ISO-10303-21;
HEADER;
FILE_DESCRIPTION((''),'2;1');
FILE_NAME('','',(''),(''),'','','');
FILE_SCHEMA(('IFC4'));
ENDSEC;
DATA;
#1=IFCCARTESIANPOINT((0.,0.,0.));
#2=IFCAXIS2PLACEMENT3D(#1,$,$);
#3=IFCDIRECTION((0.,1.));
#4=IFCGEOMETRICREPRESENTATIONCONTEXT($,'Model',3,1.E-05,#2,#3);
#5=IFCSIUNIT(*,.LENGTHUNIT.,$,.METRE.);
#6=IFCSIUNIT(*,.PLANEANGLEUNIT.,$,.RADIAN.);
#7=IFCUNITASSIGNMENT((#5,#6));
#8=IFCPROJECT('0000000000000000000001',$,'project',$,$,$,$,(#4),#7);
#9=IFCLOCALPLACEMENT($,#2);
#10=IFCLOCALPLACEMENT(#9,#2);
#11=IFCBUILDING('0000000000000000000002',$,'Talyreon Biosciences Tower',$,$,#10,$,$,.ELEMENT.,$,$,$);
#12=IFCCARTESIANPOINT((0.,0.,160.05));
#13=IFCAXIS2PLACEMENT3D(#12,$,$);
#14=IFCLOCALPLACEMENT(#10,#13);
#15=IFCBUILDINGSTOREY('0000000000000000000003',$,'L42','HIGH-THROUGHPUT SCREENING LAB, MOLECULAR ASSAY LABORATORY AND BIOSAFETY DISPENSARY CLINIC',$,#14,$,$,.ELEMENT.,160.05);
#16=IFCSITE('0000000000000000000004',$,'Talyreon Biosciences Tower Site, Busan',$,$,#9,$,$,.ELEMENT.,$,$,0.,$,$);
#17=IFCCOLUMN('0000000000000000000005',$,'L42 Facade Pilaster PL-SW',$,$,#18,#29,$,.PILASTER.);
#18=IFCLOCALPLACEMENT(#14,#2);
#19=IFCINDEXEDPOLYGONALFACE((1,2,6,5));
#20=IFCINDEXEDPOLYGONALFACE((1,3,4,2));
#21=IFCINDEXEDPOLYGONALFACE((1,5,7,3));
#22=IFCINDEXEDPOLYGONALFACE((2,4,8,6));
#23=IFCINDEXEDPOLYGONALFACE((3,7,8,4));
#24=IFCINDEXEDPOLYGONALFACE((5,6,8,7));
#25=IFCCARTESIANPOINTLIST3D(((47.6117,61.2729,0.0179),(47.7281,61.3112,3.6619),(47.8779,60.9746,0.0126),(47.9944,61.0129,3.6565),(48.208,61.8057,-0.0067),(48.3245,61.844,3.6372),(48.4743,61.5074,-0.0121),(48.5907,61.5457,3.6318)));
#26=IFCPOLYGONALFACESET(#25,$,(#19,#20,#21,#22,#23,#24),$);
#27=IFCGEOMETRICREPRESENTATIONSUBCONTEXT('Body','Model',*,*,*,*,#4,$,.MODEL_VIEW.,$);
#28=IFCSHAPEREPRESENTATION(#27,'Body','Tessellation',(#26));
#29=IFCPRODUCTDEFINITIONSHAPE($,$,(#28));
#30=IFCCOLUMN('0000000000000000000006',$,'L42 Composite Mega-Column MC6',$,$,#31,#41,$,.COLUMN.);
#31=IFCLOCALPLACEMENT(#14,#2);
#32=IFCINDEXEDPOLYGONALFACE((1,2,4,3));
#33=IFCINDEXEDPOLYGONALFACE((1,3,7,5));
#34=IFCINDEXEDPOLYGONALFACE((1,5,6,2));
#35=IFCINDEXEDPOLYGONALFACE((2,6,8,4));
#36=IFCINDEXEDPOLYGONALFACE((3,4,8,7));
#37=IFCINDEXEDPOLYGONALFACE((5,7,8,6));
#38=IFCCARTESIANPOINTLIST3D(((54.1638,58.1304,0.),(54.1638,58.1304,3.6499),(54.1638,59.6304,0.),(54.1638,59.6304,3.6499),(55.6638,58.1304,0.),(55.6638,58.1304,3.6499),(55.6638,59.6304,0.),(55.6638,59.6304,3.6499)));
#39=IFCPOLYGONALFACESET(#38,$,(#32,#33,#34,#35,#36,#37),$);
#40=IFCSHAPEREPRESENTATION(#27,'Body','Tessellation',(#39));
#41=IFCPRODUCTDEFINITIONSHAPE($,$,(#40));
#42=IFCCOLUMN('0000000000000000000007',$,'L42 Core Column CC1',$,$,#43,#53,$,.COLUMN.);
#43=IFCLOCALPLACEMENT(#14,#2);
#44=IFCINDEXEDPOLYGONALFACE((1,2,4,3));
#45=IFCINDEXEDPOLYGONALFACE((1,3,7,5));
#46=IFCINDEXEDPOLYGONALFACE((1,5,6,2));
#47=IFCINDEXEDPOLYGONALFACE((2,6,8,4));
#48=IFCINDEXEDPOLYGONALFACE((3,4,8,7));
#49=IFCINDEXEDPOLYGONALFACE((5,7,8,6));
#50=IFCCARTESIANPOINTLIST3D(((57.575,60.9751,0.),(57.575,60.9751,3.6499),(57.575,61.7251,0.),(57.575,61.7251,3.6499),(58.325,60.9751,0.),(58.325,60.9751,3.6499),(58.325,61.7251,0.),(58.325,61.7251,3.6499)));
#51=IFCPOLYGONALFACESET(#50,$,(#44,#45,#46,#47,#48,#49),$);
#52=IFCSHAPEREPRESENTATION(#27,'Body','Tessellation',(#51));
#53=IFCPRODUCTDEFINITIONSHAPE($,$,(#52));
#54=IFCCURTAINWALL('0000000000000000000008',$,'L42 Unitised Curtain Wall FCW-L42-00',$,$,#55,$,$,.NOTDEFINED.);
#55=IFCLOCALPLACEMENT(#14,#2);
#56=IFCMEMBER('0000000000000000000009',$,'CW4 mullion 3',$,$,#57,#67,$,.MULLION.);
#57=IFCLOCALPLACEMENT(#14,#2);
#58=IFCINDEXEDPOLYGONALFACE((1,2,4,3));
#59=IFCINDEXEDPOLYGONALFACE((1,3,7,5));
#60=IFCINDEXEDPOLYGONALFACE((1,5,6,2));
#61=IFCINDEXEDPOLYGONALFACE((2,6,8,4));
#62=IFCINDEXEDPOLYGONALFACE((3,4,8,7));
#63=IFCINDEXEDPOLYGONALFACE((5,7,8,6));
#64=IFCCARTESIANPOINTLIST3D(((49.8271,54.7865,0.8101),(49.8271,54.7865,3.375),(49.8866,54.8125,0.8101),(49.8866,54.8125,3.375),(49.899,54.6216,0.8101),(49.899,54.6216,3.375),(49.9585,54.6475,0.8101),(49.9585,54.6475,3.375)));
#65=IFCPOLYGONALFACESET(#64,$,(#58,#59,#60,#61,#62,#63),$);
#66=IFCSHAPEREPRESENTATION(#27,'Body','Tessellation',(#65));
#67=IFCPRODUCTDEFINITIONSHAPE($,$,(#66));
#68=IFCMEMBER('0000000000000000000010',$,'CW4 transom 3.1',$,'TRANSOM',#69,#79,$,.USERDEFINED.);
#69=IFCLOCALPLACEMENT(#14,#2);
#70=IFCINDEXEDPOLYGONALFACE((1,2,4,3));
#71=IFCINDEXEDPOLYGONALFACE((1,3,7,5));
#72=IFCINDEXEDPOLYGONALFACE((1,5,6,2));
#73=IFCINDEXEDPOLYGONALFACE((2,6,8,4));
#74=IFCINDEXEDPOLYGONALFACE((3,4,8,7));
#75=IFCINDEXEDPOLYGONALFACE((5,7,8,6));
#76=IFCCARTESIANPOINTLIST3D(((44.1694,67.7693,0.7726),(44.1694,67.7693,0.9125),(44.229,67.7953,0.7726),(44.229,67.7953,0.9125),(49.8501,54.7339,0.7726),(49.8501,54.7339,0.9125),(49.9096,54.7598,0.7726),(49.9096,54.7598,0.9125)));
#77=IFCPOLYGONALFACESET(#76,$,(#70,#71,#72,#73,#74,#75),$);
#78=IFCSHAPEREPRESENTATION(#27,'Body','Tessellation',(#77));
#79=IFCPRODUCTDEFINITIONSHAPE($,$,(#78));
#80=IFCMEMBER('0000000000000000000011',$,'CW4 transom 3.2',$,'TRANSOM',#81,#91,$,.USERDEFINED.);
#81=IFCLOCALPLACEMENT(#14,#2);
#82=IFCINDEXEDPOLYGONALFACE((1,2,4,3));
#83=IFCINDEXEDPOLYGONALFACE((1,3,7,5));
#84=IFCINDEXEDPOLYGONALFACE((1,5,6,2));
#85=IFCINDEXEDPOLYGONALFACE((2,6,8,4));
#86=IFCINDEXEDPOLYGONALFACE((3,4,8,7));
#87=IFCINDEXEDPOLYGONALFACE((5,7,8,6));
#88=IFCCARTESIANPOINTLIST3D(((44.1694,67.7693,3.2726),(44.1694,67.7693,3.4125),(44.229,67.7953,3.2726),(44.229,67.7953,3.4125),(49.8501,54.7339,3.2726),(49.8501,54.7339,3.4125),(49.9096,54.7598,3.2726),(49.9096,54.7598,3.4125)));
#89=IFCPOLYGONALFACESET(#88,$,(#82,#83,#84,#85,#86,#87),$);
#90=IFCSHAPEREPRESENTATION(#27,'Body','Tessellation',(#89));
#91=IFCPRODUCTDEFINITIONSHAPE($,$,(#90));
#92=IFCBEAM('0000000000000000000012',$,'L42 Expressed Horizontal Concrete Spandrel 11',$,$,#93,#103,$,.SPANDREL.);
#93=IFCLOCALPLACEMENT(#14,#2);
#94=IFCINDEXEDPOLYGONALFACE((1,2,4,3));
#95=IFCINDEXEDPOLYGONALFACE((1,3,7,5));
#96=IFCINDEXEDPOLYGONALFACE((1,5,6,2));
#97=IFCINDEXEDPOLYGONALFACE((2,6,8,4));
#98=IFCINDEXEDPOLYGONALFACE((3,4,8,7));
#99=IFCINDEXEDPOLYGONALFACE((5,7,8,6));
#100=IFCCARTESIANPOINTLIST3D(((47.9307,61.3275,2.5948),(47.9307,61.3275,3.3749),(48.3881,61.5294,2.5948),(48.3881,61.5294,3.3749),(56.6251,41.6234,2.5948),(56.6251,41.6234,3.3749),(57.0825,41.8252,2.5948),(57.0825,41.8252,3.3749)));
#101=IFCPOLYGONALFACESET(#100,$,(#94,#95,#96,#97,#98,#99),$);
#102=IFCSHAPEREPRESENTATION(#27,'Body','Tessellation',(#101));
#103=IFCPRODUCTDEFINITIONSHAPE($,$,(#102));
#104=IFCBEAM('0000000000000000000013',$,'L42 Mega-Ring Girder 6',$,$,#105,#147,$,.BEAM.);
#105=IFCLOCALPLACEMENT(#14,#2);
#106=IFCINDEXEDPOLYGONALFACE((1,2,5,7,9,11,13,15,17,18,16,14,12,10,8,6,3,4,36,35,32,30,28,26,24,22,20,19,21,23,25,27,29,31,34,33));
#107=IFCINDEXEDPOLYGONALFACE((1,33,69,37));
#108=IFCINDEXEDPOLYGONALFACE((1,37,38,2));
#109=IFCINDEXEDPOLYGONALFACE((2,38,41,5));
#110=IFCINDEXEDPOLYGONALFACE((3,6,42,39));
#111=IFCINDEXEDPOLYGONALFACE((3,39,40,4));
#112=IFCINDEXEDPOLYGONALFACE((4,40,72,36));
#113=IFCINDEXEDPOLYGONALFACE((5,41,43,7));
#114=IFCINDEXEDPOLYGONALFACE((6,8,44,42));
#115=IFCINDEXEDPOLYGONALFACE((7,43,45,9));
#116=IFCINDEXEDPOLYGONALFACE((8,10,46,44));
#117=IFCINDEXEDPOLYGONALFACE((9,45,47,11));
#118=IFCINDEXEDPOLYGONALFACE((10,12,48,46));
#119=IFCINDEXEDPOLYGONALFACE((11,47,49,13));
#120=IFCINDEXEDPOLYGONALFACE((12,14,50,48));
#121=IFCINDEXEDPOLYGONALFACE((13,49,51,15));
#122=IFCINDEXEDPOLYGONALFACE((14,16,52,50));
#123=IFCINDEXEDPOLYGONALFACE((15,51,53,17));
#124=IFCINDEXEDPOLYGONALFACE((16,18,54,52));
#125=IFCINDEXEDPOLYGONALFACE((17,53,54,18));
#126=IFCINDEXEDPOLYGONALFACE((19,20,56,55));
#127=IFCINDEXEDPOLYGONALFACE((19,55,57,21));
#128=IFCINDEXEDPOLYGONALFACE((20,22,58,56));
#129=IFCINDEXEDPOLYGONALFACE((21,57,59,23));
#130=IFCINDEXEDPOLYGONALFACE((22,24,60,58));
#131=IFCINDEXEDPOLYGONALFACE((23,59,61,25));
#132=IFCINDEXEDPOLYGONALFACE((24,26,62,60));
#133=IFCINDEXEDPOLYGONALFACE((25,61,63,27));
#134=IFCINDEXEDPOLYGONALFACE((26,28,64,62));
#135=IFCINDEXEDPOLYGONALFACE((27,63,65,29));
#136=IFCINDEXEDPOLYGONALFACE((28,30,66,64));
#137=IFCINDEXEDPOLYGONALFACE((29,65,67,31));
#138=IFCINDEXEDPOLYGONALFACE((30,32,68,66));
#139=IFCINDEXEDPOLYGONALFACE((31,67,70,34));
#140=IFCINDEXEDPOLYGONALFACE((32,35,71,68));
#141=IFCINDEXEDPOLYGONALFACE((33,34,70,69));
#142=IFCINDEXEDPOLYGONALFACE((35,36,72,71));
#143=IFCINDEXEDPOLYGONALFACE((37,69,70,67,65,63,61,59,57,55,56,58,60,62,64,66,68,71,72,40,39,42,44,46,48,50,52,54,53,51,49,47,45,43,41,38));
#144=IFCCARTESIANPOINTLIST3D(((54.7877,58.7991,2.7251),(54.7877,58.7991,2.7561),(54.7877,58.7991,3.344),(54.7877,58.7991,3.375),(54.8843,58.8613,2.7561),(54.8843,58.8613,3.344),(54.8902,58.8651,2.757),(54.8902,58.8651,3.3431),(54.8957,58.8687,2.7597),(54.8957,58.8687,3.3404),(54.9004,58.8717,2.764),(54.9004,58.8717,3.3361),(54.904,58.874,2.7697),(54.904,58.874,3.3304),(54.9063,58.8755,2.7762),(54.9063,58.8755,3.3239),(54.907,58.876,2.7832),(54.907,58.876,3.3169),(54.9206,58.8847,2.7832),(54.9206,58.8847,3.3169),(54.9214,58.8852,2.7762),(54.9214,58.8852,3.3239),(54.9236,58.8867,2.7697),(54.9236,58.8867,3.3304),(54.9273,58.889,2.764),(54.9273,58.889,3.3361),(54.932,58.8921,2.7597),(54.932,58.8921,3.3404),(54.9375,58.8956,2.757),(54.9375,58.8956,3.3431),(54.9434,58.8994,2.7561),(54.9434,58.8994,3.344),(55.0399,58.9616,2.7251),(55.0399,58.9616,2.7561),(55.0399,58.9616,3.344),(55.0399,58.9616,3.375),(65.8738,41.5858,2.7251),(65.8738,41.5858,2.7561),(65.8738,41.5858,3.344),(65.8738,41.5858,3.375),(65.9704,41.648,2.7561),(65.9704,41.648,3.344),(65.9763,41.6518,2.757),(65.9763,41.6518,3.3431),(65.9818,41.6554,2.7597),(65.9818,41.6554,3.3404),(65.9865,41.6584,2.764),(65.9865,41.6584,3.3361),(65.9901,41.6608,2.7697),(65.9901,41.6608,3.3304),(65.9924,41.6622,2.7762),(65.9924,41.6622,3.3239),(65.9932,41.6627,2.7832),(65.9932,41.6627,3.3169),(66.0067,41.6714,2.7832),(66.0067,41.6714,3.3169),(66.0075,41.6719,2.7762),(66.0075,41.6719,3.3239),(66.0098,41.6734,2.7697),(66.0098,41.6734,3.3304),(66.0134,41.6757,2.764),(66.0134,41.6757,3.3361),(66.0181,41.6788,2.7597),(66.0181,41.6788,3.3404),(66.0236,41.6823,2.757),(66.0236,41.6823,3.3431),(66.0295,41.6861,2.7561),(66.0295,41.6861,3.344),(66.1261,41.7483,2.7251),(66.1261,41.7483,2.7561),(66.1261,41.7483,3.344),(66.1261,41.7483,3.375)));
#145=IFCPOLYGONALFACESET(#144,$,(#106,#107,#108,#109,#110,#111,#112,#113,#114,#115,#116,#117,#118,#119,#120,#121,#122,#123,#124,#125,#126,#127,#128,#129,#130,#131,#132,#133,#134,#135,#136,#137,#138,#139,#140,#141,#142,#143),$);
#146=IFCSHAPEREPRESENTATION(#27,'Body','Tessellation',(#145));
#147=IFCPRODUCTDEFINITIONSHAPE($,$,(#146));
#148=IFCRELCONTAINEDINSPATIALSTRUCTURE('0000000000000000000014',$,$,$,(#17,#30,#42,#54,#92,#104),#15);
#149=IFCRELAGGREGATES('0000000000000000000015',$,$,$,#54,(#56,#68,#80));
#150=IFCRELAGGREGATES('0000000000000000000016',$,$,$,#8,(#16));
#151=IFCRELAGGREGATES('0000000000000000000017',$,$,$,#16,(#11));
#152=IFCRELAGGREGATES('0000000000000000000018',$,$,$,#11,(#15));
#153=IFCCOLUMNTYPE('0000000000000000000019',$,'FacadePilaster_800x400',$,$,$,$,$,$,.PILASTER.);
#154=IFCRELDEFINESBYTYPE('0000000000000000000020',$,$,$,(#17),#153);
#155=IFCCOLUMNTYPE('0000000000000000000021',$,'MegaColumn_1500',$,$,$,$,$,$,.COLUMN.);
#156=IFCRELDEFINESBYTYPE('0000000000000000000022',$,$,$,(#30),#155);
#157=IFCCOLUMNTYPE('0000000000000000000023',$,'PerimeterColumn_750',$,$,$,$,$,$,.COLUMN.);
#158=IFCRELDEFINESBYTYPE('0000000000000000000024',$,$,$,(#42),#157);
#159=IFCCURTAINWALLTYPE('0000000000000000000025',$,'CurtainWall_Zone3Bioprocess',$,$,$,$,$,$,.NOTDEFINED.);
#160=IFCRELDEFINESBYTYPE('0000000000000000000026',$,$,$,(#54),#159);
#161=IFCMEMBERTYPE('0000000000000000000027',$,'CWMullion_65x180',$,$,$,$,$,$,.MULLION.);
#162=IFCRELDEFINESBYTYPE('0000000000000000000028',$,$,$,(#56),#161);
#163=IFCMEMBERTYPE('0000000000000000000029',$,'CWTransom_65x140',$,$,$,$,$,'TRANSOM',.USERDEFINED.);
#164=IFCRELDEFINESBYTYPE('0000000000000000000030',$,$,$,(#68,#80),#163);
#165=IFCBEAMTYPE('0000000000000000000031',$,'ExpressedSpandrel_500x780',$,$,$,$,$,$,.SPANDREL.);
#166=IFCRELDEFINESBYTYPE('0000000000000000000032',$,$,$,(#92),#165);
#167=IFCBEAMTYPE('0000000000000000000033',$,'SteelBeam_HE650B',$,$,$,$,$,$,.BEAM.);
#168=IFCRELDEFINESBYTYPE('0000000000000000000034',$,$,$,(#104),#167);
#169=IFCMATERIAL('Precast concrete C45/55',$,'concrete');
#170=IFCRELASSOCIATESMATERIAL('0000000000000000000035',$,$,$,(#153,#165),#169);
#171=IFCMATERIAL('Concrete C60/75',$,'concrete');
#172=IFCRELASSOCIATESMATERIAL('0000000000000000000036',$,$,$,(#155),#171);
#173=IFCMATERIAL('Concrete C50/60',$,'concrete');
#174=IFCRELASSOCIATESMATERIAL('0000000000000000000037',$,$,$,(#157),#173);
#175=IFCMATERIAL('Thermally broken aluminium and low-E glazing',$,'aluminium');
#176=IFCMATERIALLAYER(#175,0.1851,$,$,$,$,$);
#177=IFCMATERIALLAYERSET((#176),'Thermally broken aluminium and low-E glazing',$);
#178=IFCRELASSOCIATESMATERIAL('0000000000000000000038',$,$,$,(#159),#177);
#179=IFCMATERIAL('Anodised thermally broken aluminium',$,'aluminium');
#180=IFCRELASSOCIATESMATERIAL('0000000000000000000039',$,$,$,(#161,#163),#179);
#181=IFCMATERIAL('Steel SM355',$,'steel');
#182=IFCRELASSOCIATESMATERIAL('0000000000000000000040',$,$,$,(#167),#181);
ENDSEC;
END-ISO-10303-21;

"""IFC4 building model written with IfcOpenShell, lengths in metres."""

from ifc_helpers import new_model, si_unit, direction, frame, origin, origin_2d, place, context, subcontext, project, spatial, rectangle, i_section, extrude, material, layer, layer_set, material_profile, profile_set, type_object, element, aggregate, save


model = new_model("IFC4")

# Units and contexts
model_context = context("Model", 3, precision=1e-05, world=origin(), true_north=direction((0.0, 1.0)))
body_context = subcontext(model_context, "Body", "Model", "MODEL_VIEW")
ifc_project = project(units=[si_unit("LENGTHUNIT", "METRE"), si_unit("PLANEANGLEUNIT", "RADIAN")], contexts=[model_context])

# Site, building, storey
site_placement = place(None, origin())
site = spatial("IfcSite", under=ifc_project, at=site_placement, Name="Talyreon Biosciences Tower Site, Busan", CompositionType="ELEMENT", RefElevation=0.0)
building_placement = place(site_placement, origin())
building = spatial("IfcBuilding", under=site, at=building_placement, Name="Talyreon Biosciences Tower", CompositionType="ELEMENT")
storey_placement = place(building_placement, frame((0.0, 0.0, 160.05)))
storey = spatial("IfcBuildingStorey", under=building, at=storey_placement, Name="L42", Description="HIGH-THROUGHPUT SCREENING LAB, MOLECULAR ASSAY LABORATORY AND BIOSAFETY DISPENSARY CLINIC", CompositionType="ELEMENT", Elevation=160.05)

# Columns
ifc_material_1 = material(Name="Precast concrete C45/55", Category="concrete")
ifc_material_profile_1 = material_profile(ifc_material_1, rectangle(XDim=0.8, YDim=0.3999, at=origin_2d()), Name="RC 800x400")
ifc_profile_set_1 = profile_set([ifc_material_profile_1], Name="Precast concrete C45/55")
column_type_1 = type_object("IfcColumnType", Name="FacadePilaster_800x400", PredefinedType="PILASTER", material=ifc_profile_set_1)
column_1_placement = place(storey_placement, frame((48.043, 61.3901, 0.0029), z_axis=(0.03194, 0.010513, 0.999435), x_axis=(0.745385, 0.665921, -0.030825)))
element("IfcColumn", 1, at=column_1_placement, inside=storey, type_object=column_type_1, Name="L42 Facade Pilaster PL-SW", PredefinedType="PILASTER", context=body_context, shape_type="SweptSolid", body=[
    extrude(rectangle(XDim=0.8, YDim=0.3999, at=origin_2d()), origin(), (0.0, 0.0, 1.0), 3.646),
])
ifc_material_2 = material(Name="Concrete C60/75", Category="concrete")
ifc_material_profile_2 = material_profile(ifc_material_2, rectangle(XDim=1.5, YDim=1.5, at=origin_2d()), Name="RC 1500x1500")
ifc_profile_set_2 = profile_set([ifc_material_profile_2], Name="Concrete C60/75")
column_type_2 = type_object("IfcColumnType", Name="MegaColumn_1500", PredefinedType="COLUMN", material=ifc_profile_set_2)
column_2_placement = place(storey_placement, frame((54.9138, 58.8804, 0.0), z_axis=(0.0, 0.0, 1.0), x_axis=(1.0, 0.0, 0.0)))
element("IfcColumn", 2, at=column_2_placement, inside=storey, type_object=column_type_2, Name="L42 Composite Mega-Column MC6", PredefinedType="COLUMN", context=body_context, shape_type="SweptSolid", body=[
    extrude(rectangle(XDim=1.5, YDim=1.5, at=origin_2d()), origin(), (0.0, 0.0, 1.0), 3.6499),
])
ifc_material_3 = material(Name="Concrete C50/60", Category="concrete")
ifc_material_profile_3 = material_profile(ifc_material_3, rectangle(XDim=0.75, YDim=0.75, at=origin_2d()), Name="RC 750x750")
ifc_profile_set_3 = profile_set([ifc_material_profile_3], Name="Concrete C50/60")
column_type_3 = type_object("IfcColumnType", Name="PerimeterColumn_750", PredefinedType="COLUMN", material=ifc_profile_set_3)
column_3_placement = place(storey_placement, frame((57.95, 61.3501, 0.0), z_axis=(0.0, 0.0, 1.0), x_axis=(1.0, 0.0, 0.0)))
element("IfcColumn", 3, at=column_3_placement, inside=storey, type_object=column_type_3, Name="L42 Core Column CC1", PredefinedType="COLUMN", context=body_context, shape_type="SweptSolid", body=[
    extrude(rectangle(XDim=0.75, YDim=0.75, at=origin_2d()), origin(), (0.0, 0.0, 1.0), 3.6499),
])

# Curtain wall, members
ifc_material_4 = material(Name="Thermally broken aluminium and low-E glazing", Category="aluminium")
ifc_layer_1 = layer(ifc_material_4, 0.1851)
ifc_layer_set_1 = layer_set([ifc_layer_1], Name="Thermally broken aluminium and low-E glazing")
curtain_wall_type = type_object("IfcCurtainWallType", Name="CurtainWall_Zone3Bioprocess", PredefinedType="NOTDEFINED", material=ifc_layer_set_1)
curtain_wall_placement = place(storey_placement, origin())
curtain_wall = element("IfcCurtainWall", 4, at=curtain_wall_placement, inside=storey, type_object=curtain_wall_type, Name="L42 Unitised Curtain Wall FCW-L42-00", PredefinedType="NOTDEFINED")
ifc_material_5 = material(Name="Anodised thermally broken aluminium", Category="aluminium")
ifc_material_profile_4 = material_profile(ifc_material_5, rectangle(XDim=0.0649, YDim=0.1799, at=origin_2d()), Name="ALUM MULLION 65x180")
ifc_profile_set_4 = profile_set([ifc_material_profile_4], Name="Anodised thermally broken aluminium")
member_type_1 = type_object("IfcMemberType", Name="CWMullion_65x180", PredefinedType="MULLION", material=ifc_profile_set_4)
member_1_placement = place(storey_placement, frame((49.8928, 54.717, 0.8101), z_axis=(0.0, 0.0, 1.0), x_axis=(-0.916731, -0.399505, 0.0)))
member_1 = element("IfcMember", 5, at=member_1_placement, type_object=member_type_1, Name="CW4 mullion 3", PredefinedType="MULLION", context=body_context, shape_type="SweptSolid", body=[
    extrude(rectangle(XDim=0.0649, YDim=0.1799, at=origin_2d()), origin(), (0.0, 0.0, 1.0), 2.5649),
])
ifc_material_profile_5 = material_profile(ifc_material_5, rectangle(XDim=0.0649, YDim=0.1399, at=origin_2d()), Name="ALUM TRANSOM 65x140")
ifc_profile_set_5 = profile_set([ifc_material_profile_5], Name="Anodised thermally broken aluminium")
member_type_2 = type_object("IfcMemberType", Name="CWTransom_65x140", ElementType="TRANSOM", PredefinedType="USERDEFINED", material=ifc_profile_set_5)
member_2_placement = place(storey_placement, frame((49.8799, 54.7468, 0.8425), z_axis=(-0.399501, 0.916733, 0.0), x_axis=(-0.916733, -0.399501, 0.0)))
member_2 = element("IfcMember", 6, at=member_2_placement, type_object=member_type_2, Name="CW4 transom 3.1", ObjectType="TRANSOM", PredefinedType="USERDEFINED", context=body_context, shape_type="SweptSolid", body=[
    extrude(rectangle(XDim=0.0649, YDim=0.1399, at=origin_2d()), origin(), (0.0, 0.0, 1.0), 14.2195),
])
member_3_placement = place(storey_placement, frame((49.8799, 54.7468, 3.3425), z_axis=(-0.399501, 0.916733, 0.0), x_axis=(-0.916733, -0.399501, 0.0)))
member_3 = element("IfcMember", 7, at=member_3_placement, type_object=member_type_2, Name="CW4 transom 3.2", ObjectType="TRANSOM", PredefinedType="USERDEFINED", context=body_context, shape_type="SweptSolid", body=[
    extrude(rectangle(XDim=0.0649, YDim=0.1399, at=origin_2d()), origin(), (0.0, 0.0, 1.0), 14.2195),
])

# Beams
ifc_material_profile_6 = material_profile(ifc_material_1, rectangle(XDim=0.5, YDim=0.78, at=origin_2d()), Name="RCB 500x780")
ifc_profile_set_6 = profile_set([ifc_material_profile_6], Name="Precast concrete C45/55")
beam_type_1 = type_object("IfcBeamType", Name="ExpressedSpandrel_500x780", PredefinedType="SPANDREL", material=ifc_profile_set_6)
beam_1_placement = place(storey_placement, frame((48.1594, 61.4285, 2.9849), z_axis=(0.403693, -0.914895, 0.0), x_axis=(0.914895, 0.403693, 0.0)))
element("IfcBeam", 8, at=beam_1_placement, inside=storey, type_object=beam_type_1, Name="L42 Expressed Horizontal Concrete Spandrel 11", PredefinedType="SPANDREL", context=body_context, shape_type="SweptSolid", body=[
    extrude(rectangle(XDim=0.5, YDim=0.78, at=origin_2d()), origin(), (0.0, 0.0, 1.0), 21.5371),
])
ifc_material_6 = material(Name="Steel SM355", Category="steel")
ifc_material_profile_7 = material_profile(ifc_material_6, i_section(OverallWidth=0.3, OverallDepth=0.6499, WebThickness=0.0161, FlangeThickness=0.031, FilletRadius=0.0271, at=origin_2d()), Name="HE650B")
ifc_profile_set_7 = profile_set([ifc_material_profile_7], Name="Steel SM355")
beam_type_2 = type_object("IfcBeamType", Name="SteelBeam_HE650B", PredefinedType="BEAM", material=ifc_profile_set_7)
beam_2_placement = place(storey_placement, frame((54.9138, 58.8804, 3.05), z_axis=(0.541464, -0.840724, 0.0), x_axis=(0.840724, 0.541464, 0.0)))
element("IfcBeam", 9, at=beam_2_placement, inside=storey, type_object=beam_type_2, Name="L42 Mega-Ring Girder 6", PredefinedType="BEAM", context=body_context, shape_type="SweptSolid", body=[
    extrude(i_section(OverallWidth=0.3, OverallDepth=0.6499, WebThickness=0.0161, FlangeThickness=0.031, FilletRadius=0.0271, at=origin_2d()), origin(), (0.0, 0.0, 1.0), 20.4744),
])

aggregate(curtain_wall, [member_1, member_2, member_3])

save(model, "model.ifc")
